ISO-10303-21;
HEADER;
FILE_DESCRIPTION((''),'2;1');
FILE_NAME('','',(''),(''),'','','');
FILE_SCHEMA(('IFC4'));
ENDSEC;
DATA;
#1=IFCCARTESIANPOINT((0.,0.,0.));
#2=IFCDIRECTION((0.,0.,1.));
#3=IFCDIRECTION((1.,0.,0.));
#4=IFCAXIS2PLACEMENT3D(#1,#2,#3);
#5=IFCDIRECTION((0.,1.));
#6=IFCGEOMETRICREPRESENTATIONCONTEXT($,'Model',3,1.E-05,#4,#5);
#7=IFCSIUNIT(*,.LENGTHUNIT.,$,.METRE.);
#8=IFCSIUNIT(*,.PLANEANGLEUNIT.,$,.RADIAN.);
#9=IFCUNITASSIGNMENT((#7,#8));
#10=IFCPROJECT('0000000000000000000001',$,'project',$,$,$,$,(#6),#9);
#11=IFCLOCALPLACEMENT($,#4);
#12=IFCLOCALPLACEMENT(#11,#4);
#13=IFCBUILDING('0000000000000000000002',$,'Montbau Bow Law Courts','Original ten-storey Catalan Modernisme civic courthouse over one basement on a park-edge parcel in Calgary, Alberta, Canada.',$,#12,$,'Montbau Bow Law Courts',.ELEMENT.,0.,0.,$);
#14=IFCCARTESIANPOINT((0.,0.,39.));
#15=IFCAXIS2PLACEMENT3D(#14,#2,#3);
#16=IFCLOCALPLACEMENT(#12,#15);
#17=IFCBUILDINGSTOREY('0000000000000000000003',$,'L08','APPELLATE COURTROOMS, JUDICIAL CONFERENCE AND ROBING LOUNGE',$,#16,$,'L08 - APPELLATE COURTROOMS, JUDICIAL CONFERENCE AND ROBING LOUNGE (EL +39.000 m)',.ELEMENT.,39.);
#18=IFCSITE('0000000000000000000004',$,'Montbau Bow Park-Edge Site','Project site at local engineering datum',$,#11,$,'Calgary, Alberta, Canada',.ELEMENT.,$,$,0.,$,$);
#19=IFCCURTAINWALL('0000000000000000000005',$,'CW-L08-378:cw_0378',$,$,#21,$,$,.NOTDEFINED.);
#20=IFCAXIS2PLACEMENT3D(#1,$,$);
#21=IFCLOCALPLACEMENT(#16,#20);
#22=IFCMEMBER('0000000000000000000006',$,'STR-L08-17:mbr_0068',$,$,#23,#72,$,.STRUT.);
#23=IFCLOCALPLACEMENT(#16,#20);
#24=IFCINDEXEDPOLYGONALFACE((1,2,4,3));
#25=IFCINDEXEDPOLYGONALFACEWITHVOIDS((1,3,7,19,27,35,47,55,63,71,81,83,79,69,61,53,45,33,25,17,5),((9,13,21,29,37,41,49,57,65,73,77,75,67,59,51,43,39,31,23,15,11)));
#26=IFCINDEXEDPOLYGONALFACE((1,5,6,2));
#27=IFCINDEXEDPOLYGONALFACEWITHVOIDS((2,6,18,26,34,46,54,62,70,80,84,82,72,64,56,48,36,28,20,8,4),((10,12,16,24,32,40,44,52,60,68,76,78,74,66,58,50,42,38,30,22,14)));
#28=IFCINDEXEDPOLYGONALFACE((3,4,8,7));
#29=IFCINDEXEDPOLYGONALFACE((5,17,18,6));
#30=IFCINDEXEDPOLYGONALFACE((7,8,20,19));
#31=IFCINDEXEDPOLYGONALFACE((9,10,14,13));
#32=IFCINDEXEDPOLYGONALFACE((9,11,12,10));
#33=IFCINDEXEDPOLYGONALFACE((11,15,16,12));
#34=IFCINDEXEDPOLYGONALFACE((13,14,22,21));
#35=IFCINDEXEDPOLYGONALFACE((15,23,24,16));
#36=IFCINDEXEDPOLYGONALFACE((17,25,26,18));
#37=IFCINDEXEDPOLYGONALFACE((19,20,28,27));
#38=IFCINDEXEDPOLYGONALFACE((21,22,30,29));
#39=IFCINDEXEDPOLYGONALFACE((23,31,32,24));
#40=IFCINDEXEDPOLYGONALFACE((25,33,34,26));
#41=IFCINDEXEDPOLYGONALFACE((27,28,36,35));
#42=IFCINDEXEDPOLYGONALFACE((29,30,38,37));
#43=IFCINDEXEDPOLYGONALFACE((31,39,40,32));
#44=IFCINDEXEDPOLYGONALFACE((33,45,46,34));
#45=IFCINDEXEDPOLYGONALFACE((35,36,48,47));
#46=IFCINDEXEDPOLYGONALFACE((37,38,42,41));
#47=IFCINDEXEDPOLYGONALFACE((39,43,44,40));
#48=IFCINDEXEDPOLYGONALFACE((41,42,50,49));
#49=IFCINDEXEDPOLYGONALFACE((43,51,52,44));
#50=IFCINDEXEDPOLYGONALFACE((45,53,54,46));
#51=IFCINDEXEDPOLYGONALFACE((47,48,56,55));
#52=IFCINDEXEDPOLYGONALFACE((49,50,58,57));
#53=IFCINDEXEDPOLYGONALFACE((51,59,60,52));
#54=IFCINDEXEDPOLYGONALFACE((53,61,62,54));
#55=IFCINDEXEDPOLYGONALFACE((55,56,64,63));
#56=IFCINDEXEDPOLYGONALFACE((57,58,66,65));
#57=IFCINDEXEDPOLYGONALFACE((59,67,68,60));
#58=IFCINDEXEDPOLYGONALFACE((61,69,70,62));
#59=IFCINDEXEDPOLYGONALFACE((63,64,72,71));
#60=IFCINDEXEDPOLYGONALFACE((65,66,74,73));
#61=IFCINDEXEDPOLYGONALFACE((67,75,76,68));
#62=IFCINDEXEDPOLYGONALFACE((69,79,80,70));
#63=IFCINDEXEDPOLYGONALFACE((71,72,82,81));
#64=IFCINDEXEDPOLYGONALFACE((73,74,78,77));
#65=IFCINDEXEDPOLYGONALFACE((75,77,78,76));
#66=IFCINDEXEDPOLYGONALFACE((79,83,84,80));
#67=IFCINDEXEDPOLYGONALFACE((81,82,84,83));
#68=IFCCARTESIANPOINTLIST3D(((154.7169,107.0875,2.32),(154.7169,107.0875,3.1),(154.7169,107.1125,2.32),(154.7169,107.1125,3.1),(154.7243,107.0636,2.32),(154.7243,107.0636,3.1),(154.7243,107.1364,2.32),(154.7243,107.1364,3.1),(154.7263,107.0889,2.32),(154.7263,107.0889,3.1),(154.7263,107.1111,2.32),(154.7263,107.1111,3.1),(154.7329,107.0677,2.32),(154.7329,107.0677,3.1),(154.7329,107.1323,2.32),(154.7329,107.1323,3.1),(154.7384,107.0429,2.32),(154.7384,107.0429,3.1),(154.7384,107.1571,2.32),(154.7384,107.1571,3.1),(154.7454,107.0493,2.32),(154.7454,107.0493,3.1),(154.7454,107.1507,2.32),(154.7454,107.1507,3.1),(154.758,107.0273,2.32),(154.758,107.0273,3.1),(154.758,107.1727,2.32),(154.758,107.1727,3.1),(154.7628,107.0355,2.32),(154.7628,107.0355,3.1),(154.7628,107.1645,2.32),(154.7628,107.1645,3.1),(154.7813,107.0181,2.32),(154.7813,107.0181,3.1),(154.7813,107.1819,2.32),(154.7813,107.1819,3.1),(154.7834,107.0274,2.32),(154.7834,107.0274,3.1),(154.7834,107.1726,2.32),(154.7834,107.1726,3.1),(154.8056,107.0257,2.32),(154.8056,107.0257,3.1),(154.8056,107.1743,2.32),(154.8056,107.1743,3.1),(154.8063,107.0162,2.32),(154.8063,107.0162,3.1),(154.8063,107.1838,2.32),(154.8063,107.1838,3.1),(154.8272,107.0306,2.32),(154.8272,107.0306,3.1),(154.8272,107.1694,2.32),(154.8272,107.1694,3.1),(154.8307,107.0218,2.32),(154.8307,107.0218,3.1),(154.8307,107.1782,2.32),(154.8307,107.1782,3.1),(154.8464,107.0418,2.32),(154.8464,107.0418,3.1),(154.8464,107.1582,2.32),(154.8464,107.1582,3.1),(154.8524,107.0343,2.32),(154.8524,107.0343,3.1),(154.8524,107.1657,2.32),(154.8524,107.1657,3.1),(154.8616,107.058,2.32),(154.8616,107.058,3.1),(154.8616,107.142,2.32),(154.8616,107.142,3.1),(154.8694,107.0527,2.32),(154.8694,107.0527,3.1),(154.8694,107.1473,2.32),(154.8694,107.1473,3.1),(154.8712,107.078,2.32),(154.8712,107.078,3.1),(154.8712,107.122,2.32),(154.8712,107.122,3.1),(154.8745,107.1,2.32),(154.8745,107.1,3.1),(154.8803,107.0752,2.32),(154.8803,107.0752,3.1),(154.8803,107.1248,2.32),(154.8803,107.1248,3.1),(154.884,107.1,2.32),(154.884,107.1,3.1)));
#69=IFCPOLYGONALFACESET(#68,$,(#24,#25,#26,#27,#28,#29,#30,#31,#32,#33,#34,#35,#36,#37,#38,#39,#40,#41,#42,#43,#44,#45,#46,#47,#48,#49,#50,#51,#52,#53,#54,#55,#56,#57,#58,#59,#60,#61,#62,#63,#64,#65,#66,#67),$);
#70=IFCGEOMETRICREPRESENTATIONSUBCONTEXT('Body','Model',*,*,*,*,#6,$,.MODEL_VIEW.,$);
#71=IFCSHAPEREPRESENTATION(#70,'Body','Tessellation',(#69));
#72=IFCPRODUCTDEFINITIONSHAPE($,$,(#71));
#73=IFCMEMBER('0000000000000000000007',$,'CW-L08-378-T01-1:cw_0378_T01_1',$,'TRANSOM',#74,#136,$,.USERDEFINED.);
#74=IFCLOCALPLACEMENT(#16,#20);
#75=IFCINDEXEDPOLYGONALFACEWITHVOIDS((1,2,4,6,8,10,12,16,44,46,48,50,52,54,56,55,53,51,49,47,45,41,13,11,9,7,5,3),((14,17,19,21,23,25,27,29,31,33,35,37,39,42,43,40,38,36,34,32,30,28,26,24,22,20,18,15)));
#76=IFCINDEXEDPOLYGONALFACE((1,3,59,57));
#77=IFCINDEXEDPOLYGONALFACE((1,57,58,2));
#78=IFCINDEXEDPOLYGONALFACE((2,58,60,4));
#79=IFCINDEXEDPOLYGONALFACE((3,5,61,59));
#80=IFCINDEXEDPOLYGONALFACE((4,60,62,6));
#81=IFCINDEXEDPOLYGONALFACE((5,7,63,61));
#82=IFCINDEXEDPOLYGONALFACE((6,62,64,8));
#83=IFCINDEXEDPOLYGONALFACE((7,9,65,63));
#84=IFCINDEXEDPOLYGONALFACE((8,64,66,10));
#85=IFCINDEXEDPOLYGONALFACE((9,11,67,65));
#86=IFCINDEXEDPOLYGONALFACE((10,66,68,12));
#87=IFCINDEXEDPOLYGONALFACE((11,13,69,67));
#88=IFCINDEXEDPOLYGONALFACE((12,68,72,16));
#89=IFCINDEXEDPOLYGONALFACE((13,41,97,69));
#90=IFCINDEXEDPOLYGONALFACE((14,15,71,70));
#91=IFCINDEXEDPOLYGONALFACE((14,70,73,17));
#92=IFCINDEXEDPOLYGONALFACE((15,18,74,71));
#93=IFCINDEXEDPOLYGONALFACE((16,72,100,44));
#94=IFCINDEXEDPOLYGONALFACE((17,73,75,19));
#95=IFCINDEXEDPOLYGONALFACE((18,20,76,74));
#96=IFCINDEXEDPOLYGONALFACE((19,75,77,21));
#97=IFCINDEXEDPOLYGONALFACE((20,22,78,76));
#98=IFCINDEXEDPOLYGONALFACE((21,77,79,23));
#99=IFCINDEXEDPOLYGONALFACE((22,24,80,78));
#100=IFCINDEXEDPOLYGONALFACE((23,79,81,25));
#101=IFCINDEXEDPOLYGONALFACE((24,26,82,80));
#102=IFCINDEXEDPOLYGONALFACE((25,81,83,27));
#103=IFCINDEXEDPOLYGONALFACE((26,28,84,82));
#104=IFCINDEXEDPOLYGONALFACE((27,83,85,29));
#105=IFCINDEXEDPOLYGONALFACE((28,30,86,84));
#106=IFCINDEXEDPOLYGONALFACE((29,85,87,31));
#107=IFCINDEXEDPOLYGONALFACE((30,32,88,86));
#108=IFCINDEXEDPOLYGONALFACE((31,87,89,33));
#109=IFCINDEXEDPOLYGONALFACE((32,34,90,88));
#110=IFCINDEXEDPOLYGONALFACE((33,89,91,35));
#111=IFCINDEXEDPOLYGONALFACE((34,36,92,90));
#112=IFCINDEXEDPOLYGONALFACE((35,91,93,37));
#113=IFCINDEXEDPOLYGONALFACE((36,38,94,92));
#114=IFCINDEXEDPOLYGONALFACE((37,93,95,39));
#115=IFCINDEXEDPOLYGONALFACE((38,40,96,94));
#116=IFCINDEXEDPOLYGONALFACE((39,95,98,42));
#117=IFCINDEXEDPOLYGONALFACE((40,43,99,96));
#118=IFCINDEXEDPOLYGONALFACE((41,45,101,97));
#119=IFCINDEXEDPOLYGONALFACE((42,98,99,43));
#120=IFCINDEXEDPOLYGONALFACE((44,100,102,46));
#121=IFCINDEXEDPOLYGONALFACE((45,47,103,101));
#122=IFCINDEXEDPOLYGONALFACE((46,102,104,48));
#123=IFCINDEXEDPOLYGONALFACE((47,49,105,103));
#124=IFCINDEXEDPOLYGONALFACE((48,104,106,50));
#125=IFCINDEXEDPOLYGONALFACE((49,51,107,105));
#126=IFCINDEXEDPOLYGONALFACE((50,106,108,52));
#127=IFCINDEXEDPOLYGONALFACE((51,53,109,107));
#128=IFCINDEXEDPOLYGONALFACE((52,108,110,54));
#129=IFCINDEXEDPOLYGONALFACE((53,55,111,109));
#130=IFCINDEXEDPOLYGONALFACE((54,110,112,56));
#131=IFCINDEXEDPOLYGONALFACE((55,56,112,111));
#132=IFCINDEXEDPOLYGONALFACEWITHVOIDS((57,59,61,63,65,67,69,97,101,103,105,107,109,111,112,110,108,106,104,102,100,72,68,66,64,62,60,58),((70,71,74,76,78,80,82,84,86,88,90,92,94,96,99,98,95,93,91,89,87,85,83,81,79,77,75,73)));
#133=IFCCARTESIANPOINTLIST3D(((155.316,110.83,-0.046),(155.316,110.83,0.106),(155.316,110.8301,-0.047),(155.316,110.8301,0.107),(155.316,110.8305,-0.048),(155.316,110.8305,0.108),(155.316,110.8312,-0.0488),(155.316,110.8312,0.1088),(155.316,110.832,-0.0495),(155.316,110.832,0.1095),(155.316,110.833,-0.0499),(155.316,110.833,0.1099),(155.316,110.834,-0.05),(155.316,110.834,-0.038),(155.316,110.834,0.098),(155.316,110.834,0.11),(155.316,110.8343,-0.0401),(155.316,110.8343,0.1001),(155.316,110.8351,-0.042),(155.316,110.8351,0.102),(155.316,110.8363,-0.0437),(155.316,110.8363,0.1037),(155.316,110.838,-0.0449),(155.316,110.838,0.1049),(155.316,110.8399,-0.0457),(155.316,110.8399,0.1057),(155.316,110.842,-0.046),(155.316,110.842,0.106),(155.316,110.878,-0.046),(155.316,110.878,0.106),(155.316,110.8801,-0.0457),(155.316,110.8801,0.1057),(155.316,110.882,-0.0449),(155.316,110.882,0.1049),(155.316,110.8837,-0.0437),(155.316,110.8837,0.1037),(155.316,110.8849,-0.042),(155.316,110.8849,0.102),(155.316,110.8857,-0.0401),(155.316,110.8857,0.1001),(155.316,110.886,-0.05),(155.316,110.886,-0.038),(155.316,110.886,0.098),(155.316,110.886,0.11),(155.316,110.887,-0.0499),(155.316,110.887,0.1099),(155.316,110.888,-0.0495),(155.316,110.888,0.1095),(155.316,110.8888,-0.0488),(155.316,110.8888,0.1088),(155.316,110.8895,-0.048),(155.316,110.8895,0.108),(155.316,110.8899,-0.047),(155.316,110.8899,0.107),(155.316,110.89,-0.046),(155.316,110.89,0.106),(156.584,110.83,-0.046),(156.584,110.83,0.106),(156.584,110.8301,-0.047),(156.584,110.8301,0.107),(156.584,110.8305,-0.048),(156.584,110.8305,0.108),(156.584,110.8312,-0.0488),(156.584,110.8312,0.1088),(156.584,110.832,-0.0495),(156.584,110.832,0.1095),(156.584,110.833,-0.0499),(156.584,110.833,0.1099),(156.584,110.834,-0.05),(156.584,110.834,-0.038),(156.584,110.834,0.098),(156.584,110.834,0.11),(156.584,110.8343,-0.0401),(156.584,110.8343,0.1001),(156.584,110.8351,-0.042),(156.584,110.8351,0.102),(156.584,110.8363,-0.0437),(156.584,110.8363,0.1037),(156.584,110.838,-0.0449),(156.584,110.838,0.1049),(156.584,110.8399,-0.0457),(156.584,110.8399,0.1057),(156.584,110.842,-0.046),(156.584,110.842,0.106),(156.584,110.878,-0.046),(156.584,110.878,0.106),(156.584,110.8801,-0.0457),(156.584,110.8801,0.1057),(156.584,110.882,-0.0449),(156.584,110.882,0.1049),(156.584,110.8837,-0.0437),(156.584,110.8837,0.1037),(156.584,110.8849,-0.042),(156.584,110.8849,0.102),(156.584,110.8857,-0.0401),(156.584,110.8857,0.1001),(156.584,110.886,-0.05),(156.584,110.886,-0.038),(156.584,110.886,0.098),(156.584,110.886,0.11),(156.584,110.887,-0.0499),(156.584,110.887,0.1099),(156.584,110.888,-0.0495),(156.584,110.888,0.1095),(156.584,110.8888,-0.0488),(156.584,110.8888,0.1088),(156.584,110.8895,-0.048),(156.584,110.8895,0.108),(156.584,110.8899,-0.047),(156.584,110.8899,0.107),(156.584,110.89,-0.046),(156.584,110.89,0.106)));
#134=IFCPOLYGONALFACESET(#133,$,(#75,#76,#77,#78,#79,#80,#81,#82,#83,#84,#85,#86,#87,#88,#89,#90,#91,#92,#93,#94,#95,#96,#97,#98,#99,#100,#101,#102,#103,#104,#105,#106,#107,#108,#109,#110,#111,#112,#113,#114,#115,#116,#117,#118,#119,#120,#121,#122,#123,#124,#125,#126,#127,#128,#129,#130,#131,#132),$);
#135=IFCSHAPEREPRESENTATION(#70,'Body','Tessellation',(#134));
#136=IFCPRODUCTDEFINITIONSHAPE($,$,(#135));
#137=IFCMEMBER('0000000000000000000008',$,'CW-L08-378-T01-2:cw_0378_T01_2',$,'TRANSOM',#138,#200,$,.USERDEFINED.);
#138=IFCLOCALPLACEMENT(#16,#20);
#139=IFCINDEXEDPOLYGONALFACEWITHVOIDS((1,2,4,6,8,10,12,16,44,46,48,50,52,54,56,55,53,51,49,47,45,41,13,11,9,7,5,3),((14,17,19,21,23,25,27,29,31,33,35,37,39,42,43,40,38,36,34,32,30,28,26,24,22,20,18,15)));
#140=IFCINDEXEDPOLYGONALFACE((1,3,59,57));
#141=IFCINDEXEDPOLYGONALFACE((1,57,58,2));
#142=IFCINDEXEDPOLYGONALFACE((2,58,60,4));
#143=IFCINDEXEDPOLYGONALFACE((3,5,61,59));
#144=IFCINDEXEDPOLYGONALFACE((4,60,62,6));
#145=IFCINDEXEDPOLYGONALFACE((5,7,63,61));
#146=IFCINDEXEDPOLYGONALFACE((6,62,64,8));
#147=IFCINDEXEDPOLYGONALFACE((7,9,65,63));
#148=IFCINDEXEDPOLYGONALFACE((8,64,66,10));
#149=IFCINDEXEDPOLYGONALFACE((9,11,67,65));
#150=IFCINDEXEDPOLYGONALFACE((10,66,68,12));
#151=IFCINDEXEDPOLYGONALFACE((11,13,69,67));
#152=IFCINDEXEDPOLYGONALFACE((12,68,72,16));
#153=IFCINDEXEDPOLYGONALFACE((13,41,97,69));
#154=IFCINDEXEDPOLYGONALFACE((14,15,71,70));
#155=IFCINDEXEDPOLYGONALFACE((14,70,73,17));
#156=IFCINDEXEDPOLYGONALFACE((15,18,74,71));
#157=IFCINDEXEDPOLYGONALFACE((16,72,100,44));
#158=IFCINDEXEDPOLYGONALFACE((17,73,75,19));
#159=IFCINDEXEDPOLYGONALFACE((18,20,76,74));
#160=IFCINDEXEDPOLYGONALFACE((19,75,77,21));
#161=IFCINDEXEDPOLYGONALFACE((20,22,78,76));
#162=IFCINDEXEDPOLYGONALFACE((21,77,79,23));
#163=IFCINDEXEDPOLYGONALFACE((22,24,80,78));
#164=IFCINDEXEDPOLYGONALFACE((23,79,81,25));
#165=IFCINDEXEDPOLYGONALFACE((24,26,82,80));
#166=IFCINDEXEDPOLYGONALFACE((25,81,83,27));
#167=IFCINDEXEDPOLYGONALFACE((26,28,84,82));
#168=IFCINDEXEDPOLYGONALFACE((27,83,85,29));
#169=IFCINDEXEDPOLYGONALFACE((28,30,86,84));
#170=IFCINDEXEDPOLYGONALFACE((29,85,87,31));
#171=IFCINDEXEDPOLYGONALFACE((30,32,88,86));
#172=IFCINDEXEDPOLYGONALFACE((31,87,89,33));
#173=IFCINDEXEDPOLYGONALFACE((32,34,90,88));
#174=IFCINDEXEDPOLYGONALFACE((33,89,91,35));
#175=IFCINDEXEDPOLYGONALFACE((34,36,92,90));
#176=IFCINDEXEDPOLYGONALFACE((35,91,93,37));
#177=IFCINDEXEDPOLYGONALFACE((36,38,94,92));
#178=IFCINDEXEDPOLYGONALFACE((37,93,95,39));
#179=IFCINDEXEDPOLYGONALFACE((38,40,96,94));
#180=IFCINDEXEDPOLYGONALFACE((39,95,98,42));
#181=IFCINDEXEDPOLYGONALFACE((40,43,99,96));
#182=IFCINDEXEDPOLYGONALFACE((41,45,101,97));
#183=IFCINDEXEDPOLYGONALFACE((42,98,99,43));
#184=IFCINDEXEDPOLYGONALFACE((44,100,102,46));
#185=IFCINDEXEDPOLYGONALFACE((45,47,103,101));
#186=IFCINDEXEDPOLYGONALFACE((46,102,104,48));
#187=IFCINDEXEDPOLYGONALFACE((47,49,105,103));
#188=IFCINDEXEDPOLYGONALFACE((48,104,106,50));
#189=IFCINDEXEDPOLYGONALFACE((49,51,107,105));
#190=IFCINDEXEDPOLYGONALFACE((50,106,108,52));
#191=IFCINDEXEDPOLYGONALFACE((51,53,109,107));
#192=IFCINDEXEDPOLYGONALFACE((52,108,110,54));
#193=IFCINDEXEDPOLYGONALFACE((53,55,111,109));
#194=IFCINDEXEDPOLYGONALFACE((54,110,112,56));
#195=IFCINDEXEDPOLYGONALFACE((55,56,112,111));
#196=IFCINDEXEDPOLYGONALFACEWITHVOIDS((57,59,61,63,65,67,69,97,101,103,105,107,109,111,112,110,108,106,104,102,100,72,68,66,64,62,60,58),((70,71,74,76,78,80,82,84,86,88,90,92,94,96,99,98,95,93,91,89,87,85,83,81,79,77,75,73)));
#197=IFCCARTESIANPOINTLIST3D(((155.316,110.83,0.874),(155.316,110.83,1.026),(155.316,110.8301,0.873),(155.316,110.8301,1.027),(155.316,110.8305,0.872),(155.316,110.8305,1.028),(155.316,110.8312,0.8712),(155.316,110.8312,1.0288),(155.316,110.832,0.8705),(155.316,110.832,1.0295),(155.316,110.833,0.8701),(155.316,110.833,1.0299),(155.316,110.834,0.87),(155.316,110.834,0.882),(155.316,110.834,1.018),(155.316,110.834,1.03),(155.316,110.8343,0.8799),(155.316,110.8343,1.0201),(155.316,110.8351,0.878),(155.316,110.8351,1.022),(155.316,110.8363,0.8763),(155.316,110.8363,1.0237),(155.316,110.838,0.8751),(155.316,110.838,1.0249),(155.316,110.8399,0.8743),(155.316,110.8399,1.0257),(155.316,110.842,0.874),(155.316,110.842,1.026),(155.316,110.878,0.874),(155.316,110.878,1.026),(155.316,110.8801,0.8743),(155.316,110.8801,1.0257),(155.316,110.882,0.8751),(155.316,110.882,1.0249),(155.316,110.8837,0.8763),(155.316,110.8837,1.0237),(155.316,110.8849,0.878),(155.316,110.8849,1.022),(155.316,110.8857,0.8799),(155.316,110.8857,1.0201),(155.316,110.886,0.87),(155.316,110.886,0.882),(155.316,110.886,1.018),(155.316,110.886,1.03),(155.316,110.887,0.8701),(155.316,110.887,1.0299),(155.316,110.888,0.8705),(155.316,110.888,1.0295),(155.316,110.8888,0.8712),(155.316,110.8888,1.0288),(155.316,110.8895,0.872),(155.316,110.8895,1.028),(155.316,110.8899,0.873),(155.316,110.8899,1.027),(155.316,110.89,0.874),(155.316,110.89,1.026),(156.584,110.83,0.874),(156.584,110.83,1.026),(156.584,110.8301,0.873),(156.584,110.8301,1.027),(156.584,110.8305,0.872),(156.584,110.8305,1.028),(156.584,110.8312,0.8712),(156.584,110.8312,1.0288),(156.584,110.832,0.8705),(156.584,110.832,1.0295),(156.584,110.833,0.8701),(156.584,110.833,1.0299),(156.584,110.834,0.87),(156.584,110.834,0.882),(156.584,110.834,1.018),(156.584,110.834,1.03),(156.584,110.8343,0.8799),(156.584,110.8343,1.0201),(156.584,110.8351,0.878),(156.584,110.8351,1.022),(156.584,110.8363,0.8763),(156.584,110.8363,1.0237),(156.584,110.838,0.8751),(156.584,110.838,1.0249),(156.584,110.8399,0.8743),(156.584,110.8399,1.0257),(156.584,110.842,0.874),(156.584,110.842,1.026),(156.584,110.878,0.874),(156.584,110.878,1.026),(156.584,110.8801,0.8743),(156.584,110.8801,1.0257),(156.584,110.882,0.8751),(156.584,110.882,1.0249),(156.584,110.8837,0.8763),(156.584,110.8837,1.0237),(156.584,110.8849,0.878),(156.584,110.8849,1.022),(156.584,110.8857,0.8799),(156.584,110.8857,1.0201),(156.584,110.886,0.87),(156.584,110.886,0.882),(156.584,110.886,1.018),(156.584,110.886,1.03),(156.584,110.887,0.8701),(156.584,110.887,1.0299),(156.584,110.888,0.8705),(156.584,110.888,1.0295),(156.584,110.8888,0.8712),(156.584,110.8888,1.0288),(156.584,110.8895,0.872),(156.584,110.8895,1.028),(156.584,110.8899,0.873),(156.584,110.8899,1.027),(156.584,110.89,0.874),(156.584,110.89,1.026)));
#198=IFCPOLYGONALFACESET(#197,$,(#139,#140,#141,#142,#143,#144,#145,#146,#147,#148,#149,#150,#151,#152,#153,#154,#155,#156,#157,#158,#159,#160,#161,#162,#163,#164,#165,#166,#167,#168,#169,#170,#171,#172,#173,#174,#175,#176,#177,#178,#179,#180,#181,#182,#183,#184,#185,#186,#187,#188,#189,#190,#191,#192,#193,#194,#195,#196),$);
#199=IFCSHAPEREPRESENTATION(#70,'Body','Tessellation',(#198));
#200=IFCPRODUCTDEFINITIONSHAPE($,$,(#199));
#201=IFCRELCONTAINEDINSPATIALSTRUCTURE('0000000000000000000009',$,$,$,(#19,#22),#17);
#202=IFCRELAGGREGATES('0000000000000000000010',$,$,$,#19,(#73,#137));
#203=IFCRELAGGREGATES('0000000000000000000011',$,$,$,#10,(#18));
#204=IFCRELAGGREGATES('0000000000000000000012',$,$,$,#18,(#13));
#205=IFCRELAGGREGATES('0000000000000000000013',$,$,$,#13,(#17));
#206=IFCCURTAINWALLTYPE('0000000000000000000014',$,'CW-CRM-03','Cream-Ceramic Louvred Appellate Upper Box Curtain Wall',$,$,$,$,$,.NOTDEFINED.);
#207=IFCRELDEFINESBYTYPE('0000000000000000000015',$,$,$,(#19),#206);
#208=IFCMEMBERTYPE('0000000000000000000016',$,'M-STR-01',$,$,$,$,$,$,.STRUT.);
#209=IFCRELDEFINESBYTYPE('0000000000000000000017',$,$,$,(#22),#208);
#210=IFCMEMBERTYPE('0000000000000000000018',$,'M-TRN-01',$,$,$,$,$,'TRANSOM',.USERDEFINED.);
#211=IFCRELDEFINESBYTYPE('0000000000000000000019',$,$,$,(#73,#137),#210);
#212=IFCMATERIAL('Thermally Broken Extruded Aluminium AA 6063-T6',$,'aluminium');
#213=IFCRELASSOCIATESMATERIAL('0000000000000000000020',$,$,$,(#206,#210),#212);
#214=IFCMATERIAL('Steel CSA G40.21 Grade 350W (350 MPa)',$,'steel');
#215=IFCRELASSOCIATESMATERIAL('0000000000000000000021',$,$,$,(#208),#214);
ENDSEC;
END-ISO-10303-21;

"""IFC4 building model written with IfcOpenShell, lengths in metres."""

from ifc_helpers import new_model, si_unit, direction, frame, origin_with_axes, origin_2d_with_axis, place, context, subcontext, project, spatial, hollow_rectangle, hollow_circle, extrude, material, material_profile, profile_set, type_object, element, aggregate, save


model = new_model("IFC4")

# Units and contexts
model_context = context("Model", 3, precision=1e-05, world=origin_with_axes(), true_north=direction((0.0, 1.0)))
body_context = subcontext(model_context, "Body", "Model", "MODEL_VIEW")
ifc_project = project(units=[si_unit("LENGTHUNIT", "METRE"), si_unit("PLANEANGLEUNIT", "RADIAN")], contexts=[model_context])

# Site, building, storey
site_placement = place(None, origin_with_axes())
site = spatial("IfcSite", under=ifc_project, at=site_placement, Name="Montbau Bow Park-Edge Site", Description="Project site at local engineering datum", LongName="Calgary, Alberta, Canada", CompositionType="ELEMENT", RefElevation=0.0)
building_placement = place(site_placement, origin_with_axes())
building = spatial("IfcBuilding", under=site, at=building_placement, Name="Montbau Bow Law Courts", Description="Original ten-storey Catalan Modernisme civic courthouse over one basement on a park-edge parcel in Calgary, Alberta, Canada.", LongName="Montbau Bow Law Courts", CompositionType="ELEMENT", ElevationOfRefHeight=0.0, ElevationOfTerrain=0.0)
storey_placement = place(building_placement, frame((0.0, 0.0, 39.0), z_axis=(0.0, 0.0, 1.0), x_axis=(1.0, 0.0, 0.0)))
storey = spatial("IfcBuildingStorey", under=building, at=storey_placement, Name="L08", Description="APPELLATE COURTROOMS, JUDICIAL CONFERENCE AND ROBING LOUNGE", LongName="L08 - APPELLATE COURTROOMS, JUDICIAL CONFERENCE AND ROBING LOUNGE (EL +39.000 m)", CompositionType="ELEMENT", Elevation=39.0)

# Shared definitions
ifc_material_1 = material(Name="Steel CSA G40.21 Grade 350W (350 MPa)", Category="steel")

# Curtain wall
ifc_material_2 = material(Name="Thermally Broken Extruded Aluminium AA 6063-T6", Category="aluminium")
curtain_wall_type = type_object("IfcCurtainWallType", Name="CW-CRM-03", Description="Cream-Ceramic Louvred Appellate Upper Box Curtain Wall", PredefinedType="NOTDEFINED", material=ifc_material_2)
curtain_wall_1_placement = place(None, frame((155.24, 110.86, 39.0), z_axis=(0.0, 0.0, 1.0), x_axis=(1.0, 0.0, 0.0)))
curtain_wall_1 = element("IfcCurtainWall", 1, at=curtain_wall_1_placement, inside=storey, type_object=curtain_wall_type, Name="CW-L08-378:cw_0378", PredefinedType="NOTDEFINED")

# Members
ifc_material_profile_1 = material_profile(ifc_material_1, hollow_circle(Radius=0.084, WallThickness=0.0095, at=origin_2d_with_axis()), Name="HSS168X9.5", Category="Main", Priority=0)
ifc_profile_set_1 = profile_set([ifc_material_profile_1], Name="Steel CSA G40.21 Grade 350W (350 MPa)")
member_type_1 = type_object("IfcMemberType", Name="M-STR-01", PredefinedType="STRUT", material=ifc_profile_set_1)
member_1_placement = place(None, frame((154.8, 107.1, 41.32), z_axis=(0.0, 0.0, 1.0), x_axis=(1.0, 0.0, 0.0)))
element("IfcMember", 2, at=member_1_placement, inside=storey, type_object=member_type_1, Name="STR-L08-17:mbr_0068", PredefinedType="STRUT", context=body_context, shape_type="SweptSolid", body=[
    extrude(hollow_circle(Radius=0.084, WallThickness=0.0095, at=origin_2d_with_axis()), origin_with_axes(), (0.0, 0.0, 1.0), 0.78),
])
ifc_material_profile_2 = material_profile(ifc_material_2, hollow_rectangle(XDim=0.06, YDim=0.16, WallThickness=0.004, InnerFilletRadius=0.008, OuterFilletRadius=0.004, at=origin_2d_with_axis()), Name="CWT-160X60", Category="Main", Priority=0)
ifc_profile_set_2 = profile_set([ifc_material_profile_2], Name="Thermally Broken Extruded Aluminium AA 6063-T6")
member_type_2 = type_object("IfcMemberType", Name="M-TRN-01", ElementType="TRANSOM", PredefinedType="USERDEFINED", material=ifc_profile_set_2)
member_2_placement = place(None, frame((155.316, 110.86, 39.03), z_axis=(1.0, 0.0, 0.0), x_axis=(0.0, 1.0, 0.0)))
member_2 = element("IfcMember", 3, at=member_2_placement, type_object=member_type_2, Name="CW-L08-378-T01-1:cw_0378_T01_1", ObjectType="TRANSOM", PredefinedType="USERDEFINED", context=body_context, shape_type="SweptSolid", body=[
    extrude(hollow_rectangle(XDim=0.06, YDim=0.16, WallThickness=0.004, InnerFilletRadius=0.008, OuterFilletRadius=0.004, at=origin_2d_with_axis()), origin_with_axes(), (0.0, 0.0, 1.0), 1.268),
])
member_3_placement = place(None, frame((155.316, 110.86, 39.95), z_axis=(1.0, 0.0, 0.0), x_axis=(0.0, 1.0, 0.0)))
member_3 = element("IfcMember", 4, at=member_3_placement, type_object=member_type_2, Name="CW-L08-378-T01-2:cw_0378_T01_2", ObjectType="TRANSOM", PredefinedType="USERDEFINED", context=body_context, shape_type="SweptSolid", body=[
    extrude(hollow_rectangle(XDim=0.06, YDim=0.16, WallThickness=0.004, InnerFilletRadius=0.008, OuterFilletRadius=0.004, at=origin_2d_with_axis()), origin_with_axes(), (0.0, 0.0, 1.0), 1.268),
])

aggregate(curtain_wall_1, [member_2, member_3])

save(model, "model.ifc")
